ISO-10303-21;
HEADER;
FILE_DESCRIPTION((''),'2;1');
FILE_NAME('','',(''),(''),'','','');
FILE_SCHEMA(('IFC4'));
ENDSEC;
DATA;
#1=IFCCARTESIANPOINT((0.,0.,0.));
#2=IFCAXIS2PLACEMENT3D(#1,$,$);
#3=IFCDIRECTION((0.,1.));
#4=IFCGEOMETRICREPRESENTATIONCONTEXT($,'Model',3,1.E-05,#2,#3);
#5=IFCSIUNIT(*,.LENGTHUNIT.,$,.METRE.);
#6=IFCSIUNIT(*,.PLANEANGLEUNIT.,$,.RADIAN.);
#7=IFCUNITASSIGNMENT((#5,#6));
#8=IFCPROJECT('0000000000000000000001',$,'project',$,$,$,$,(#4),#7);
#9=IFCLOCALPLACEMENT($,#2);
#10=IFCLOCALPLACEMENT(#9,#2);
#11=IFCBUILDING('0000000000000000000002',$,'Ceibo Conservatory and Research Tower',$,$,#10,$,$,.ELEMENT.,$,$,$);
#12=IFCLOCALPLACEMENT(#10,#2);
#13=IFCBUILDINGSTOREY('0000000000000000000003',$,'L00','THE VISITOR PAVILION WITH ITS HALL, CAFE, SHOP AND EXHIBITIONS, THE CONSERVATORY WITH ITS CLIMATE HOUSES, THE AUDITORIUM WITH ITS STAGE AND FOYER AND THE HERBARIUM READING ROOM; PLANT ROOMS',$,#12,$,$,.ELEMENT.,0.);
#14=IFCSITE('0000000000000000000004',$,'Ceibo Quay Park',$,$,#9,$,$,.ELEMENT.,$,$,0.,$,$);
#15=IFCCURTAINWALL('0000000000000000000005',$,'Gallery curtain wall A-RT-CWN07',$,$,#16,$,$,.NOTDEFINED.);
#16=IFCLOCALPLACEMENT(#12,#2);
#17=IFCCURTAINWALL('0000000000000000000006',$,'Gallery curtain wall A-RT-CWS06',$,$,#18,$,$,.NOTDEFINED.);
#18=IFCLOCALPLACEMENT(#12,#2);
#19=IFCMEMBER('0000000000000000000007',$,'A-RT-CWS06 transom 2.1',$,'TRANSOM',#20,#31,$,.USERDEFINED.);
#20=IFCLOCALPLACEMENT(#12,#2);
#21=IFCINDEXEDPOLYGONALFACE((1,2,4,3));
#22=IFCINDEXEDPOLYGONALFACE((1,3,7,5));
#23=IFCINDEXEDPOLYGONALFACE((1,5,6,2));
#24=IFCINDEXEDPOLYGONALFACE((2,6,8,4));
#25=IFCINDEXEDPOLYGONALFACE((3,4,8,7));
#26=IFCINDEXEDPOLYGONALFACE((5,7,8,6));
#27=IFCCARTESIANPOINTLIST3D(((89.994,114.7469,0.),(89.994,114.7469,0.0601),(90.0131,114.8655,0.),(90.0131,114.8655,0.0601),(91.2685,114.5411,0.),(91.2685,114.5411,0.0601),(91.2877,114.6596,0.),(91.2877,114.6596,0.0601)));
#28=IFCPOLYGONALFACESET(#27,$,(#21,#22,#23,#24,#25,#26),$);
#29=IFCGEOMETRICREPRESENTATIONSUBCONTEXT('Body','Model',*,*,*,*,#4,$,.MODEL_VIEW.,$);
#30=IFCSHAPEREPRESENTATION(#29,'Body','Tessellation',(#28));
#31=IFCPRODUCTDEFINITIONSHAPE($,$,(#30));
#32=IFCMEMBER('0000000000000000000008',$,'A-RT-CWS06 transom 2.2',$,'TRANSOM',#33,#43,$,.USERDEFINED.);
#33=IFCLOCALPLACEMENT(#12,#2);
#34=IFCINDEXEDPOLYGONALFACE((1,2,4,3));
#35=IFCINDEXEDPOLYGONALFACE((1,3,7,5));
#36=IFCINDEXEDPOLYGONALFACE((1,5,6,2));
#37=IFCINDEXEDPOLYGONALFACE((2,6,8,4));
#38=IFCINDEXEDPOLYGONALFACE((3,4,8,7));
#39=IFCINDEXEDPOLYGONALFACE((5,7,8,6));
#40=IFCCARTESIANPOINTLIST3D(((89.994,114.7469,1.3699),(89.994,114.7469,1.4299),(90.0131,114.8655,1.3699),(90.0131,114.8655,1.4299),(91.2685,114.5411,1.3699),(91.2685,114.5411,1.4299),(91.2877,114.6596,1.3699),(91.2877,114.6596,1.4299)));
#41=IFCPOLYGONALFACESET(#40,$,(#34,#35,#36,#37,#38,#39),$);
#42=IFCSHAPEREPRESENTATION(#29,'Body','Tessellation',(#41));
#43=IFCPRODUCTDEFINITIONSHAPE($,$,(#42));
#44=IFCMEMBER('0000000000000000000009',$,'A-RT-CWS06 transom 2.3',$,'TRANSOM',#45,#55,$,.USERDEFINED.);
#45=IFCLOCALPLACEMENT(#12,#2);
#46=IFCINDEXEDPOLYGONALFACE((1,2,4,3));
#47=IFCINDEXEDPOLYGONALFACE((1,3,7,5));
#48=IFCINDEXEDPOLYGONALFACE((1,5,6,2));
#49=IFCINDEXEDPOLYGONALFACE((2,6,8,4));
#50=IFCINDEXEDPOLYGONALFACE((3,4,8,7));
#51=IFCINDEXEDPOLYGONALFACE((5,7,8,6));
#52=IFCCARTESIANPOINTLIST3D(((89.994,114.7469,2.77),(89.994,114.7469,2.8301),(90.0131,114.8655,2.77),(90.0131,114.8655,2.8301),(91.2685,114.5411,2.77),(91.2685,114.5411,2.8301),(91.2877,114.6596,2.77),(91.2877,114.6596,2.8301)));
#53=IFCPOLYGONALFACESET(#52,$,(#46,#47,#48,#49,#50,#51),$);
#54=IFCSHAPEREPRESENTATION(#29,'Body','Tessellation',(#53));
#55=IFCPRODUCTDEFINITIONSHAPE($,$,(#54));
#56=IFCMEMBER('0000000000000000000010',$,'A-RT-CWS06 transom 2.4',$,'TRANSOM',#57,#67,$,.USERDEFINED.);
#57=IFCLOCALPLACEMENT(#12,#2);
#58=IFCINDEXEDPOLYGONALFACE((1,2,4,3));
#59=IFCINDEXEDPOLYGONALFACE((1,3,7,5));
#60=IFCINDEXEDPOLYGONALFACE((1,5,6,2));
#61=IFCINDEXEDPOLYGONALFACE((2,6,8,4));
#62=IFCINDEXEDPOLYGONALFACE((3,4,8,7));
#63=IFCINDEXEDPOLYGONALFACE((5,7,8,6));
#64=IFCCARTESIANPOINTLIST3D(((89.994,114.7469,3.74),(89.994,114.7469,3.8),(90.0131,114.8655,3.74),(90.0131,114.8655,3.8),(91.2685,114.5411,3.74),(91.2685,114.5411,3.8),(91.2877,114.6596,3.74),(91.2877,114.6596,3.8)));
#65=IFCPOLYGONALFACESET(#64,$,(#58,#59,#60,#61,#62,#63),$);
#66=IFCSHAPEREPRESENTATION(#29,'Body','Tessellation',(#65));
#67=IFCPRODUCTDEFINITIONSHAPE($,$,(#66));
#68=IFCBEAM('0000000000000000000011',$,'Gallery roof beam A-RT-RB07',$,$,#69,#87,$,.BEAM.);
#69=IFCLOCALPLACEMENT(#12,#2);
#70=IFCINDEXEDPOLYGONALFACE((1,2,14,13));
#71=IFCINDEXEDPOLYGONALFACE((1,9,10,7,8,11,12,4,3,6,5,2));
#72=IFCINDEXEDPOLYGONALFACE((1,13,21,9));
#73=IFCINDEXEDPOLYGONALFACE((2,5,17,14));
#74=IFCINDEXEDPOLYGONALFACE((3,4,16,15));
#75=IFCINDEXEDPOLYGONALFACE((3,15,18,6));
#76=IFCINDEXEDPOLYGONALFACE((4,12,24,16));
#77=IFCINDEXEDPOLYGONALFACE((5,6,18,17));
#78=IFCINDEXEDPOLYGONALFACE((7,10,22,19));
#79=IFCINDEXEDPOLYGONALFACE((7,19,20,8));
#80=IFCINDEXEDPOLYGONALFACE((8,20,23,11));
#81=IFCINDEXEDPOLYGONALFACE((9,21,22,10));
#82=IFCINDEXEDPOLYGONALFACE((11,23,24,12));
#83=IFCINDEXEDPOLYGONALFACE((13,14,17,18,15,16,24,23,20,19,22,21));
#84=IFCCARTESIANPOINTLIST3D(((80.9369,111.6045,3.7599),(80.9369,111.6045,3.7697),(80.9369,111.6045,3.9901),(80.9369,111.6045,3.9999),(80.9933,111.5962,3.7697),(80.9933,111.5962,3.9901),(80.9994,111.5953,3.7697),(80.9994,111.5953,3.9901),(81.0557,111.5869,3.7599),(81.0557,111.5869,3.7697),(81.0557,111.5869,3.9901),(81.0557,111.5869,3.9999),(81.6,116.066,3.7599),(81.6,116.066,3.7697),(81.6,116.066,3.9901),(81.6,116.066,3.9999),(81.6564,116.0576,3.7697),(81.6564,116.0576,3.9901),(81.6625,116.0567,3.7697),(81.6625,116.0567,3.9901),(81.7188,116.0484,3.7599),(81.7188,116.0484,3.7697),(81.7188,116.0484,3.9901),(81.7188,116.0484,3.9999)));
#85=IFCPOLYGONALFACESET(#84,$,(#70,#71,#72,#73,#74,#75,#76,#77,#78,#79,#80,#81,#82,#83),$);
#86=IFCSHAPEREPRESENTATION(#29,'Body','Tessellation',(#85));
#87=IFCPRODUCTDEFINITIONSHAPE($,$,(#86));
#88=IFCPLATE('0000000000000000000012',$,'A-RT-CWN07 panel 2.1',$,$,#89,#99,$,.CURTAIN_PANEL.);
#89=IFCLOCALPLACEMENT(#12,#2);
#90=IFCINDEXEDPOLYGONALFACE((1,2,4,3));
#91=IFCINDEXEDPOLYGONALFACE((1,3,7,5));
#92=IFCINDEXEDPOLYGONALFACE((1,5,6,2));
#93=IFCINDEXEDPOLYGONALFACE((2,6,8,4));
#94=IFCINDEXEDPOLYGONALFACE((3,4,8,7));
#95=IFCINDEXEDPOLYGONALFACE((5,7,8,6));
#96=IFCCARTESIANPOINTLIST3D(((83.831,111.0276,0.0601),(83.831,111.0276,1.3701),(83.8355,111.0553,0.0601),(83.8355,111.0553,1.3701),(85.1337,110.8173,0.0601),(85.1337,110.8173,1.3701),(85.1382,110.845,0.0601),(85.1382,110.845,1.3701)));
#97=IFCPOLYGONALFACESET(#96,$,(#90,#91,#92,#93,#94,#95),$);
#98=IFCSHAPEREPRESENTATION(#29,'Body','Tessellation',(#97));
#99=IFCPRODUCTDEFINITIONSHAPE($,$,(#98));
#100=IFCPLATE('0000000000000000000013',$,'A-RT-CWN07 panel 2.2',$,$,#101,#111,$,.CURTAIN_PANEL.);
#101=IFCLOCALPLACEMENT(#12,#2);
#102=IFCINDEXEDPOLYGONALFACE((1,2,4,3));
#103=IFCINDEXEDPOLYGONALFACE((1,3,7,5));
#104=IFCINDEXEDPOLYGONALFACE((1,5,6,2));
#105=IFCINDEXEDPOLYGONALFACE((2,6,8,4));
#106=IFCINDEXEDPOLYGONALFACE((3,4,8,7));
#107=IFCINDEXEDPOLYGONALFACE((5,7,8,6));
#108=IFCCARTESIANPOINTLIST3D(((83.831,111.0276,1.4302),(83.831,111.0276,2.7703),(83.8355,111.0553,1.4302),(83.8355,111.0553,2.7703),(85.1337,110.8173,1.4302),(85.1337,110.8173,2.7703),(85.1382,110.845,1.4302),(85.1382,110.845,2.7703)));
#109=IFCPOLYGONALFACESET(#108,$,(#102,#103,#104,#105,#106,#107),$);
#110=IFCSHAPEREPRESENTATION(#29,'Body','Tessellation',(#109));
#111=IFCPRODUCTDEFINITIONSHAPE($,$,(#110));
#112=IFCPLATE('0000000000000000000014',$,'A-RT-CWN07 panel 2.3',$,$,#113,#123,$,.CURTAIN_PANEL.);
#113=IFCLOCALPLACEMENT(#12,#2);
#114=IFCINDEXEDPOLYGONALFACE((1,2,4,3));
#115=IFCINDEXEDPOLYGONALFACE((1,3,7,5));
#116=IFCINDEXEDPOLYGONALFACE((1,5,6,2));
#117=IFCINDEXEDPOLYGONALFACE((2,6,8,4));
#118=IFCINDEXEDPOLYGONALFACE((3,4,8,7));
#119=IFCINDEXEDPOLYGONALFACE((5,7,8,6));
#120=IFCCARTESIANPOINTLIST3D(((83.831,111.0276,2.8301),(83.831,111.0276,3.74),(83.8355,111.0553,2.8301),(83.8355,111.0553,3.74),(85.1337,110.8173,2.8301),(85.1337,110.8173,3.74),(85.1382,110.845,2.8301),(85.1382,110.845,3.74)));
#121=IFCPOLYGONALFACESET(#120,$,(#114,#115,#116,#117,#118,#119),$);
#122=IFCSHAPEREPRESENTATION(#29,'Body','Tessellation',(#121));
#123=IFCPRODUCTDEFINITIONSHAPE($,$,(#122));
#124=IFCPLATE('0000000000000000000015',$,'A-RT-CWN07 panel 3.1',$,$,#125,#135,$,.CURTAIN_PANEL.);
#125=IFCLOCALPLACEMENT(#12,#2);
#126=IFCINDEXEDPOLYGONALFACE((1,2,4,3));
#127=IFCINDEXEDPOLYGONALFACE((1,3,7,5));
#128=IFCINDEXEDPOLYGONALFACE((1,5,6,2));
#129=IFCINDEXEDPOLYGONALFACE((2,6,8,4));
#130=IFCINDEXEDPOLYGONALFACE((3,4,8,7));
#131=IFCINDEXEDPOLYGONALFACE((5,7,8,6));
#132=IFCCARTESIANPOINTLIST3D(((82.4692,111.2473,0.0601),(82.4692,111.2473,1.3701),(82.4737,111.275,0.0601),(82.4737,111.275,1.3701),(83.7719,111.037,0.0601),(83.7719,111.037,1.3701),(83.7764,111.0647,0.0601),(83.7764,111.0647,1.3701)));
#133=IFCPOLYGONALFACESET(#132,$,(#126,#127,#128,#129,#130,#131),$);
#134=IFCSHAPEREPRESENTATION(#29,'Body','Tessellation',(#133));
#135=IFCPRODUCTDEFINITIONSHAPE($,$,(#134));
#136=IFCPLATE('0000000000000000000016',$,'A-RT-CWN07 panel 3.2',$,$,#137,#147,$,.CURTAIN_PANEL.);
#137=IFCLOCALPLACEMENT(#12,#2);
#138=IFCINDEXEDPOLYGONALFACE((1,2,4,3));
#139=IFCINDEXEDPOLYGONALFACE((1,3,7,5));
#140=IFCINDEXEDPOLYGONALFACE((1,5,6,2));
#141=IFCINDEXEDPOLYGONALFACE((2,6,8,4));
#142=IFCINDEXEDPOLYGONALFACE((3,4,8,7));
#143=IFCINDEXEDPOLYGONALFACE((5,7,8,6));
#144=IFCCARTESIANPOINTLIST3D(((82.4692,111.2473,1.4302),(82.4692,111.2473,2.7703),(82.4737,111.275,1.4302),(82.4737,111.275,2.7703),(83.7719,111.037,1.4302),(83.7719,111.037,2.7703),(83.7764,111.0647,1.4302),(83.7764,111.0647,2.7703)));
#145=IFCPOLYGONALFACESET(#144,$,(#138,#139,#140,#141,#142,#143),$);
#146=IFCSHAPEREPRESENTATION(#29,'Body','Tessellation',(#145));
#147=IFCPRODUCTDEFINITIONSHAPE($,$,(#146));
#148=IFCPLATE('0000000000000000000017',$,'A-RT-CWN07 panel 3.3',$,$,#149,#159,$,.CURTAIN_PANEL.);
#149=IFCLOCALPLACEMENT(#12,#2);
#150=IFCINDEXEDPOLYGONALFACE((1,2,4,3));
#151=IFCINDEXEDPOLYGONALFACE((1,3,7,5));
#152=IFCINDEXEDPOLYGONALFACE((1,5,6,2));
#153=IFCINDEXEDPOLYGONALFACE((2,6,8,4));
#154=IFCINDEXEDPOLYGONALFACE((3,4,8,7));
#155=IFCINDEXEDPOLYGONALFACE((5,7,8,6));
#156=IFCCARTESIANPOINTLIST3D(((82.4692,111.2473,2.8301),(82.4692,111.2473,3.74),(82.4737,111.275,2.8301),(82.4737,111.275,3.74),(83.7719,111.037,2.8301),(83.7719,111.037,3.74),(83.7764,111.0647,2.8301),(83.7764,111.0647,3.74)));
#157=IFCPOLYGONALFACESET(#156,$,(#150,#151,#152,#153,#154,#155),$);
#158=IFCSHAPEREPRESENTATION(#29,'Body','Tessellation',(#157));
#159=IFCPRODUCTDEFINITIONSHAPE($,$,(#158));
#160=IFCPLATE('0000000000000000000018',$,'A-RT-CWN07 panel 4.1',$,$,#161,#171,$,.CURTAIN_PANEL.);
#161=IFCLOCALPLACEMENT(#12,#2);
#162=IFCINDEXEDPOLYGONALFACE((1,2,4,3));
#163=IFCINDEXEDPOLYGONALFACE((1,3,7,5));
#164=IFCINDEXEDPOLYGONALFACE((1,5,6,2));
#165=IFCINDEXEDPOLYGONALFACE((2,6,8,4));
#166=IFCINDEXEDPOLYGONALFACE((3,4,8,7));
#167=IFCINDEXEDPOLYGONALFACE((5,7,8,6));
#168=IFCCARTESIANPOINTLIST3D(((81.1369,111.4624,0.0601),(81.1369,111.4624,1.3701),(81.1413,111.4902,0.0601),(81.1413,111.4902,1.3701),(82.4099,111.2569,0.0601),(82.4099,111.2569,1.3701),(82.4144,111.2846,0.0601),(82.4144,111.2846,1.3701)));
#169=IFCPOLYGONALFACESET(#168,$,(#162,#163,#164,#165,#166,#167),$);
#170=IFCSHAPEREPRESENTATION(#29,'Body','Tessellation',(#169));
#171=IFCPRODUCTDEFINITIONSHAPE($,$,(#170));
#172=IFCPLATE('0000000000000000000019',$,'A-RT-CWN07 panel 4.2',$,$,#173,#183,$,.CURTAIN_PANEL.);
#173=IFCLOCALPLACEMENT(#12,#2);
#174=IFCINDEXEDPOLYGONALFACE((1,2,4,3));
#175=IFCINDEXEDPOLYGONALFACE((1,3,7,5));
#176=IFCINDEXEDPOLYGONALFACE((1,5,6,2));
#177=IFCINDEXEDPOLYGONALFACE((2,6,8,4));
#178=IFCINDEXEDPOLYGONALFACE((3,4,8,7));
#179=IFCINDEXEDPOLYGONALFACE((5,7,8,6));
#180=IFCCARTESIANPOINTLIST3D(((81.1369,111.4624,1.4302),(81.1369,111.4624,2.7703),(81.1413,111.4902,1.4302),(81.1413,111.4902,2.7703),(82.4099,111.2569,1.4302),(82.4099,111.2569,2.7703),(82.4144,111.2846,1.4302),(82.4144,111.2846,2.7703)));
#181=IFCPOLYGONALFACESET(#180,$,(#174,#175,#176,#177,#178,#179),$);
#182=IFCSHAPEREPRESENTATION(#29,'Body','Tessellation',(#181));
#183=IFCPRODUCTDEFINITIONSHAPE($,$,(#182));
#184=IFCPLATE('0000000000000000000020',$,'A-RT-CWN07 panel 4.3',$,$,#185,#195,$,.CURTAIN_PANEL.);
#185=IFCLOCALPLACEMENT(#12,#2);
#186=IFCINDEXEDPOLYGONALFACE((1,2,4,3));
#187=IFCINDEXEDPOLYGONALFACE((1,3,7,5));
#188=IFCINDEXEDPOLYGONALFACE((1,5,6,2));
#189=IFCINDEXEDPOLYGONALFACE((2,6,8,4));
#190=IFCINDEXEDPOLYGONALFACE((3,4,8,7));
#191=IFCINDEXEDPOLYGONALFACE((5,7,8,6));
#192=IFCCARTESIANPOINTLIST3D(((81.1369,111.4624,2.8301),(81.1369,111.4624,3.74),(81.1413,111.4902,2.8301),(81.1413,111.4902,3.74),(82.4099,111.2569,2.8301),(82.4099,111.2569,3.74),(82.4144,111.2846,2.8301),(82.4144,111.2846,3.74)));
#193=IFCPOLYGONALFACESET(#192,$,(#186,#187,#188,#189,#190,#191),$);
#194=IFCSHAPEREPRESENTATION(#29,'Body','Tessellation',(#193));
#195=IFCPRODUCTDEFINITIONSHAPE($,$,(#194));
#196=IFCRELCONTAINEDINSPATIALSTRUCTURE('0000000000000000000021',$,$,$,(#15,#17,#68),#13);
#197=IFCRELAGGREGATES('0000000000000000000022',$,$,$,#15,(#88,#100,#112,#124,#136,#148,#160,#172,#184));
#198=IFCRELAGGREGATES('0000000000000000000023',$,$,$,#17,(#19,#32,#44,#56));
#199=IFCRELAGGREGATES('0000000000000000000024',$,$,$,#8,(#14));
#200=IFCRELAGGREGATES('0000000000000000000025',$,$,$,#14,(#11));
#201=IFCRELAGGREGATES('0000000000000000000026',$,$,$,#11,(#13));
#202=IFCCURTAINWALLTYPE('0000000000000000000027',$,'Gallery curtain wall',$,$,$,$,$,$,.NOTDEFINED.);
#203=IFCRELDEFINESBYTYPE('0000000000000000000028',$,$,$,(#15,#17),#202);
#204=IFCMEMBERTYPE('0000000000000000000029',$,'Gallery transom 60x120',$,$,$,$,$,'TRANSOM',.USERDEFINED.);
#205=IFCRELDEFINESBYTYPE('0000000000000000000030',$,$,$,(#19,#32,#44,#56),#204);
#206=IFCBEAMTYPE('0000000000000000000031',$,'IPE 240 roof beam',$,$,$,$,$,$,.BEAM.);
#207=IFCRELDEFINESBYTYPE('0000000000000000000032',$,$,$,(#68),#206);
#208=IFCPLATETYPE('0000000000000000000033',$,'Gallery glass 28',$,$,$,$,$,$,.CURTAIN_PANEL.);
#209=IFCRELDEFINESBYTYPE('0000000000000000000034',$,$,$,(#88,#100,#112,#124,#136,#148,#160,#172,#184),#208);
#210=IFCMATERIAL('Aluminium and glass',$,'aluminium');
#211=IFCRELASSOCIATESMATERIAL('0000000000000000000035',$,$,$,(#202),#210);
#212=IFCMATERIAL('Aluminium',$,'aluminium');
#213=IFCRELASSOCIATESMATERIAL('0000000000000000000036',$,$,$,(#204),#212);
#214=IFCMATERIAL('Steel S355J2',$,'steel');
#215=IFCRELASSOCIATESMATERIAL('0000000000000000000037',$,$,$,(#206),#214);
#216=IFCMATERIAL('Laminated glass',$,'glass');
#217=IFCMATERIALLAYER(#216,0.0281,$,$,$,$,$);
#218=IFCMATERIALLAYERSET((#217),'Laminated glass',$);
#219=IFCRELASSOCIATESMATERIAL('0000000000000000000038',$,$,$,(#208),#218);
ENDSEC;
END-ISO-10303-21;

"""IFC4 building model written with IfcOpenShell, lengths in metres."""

from ifc_helpers import new_model, si_unit, direction, frame, origin, origin_2d, place, context, subcontext, project, spatial, rectangle, i_section, extrude, material, layer, layer_set, material_profile, profile_set, type_object, element, aggregate, save


model = new_model("IFC4")

# Units and contexts
model_context = context("Model", 3, precision=1e-05, world=origin(), true_north=direction((0.0, 1.0)))
body_context = subcontext(model_context, "Body", "Model", "MODEL_VIEW")
ifc_project = project(units=[si_unit("LENGTHUNIT", "METRE"), si_unit("PLANEANGLEUNIT", "RADIAN")], contexts=[model_context])

# Site, building, storey
site_placement = place(None, origin())
site = spatial("IfcSite", under=ifc_project, at=site_placement, Name="Ceibo Quay Park", CompositionType="ELEMENT", RefElevation=0.0)
building_placement = place(site_placement, origin())
building = spatial("IfcBuilding", under=site, at=building_placement, Name="Ceibo Conservatory and Research Tower", CompositionType="ELEMENT")
storey_placement = place(building_placement, origin())
storey = spatial("IfcBuildingStorey", under=building, at=storey_placement, Name="L00", Description="THE VISITOR PAVILION WITH ITS HALL, CAFE, SHOP AND EXHIBITIONS, THE CONSERVATORY WITH ITS CLIMATE HOUSES, THE AUDITORIUM WITH ITS STAGE AND FOYER AND THE HERBARIUM READING ROOM; PLANT ROOMS", CompositionType="ELEMENT", Elevation=0.0)

# Curtain wall
ifc_material_1 = material(Name="Aluminium and glass", Category="aluminium")
curtain_wall_type = type_object("IfcCurtainWallType", Name="Gallery curtain wall", PredefinedType="NOTDEFINED", material=ifc_material_1)
curtain_wall_1_placement = place(storey_placement, origin())
curtain_wall_1 = element("IfcCurtainWall", 1, at=curtain_wall_1_placement, inside=storey, type_object=curtain_wall_type, Name="Gallery curtain wall A-RT-CWN07", PredefinedType="NOTDEFINED")
ifc_material_2 = material(Name="Aluminium", Category="aluminium")

# Curtain wall
curtain_wall_2_placement = place(storey_placement, origin())
curtain_wall_2 = element("IfcCurtainWall", 2, at=curtain_wall_2_placement, inside=storey, type_object=curtain_wall_type, Name="Gallery curtain wall A-RT-CWS06", PredefinedType="NOTDEFINED")

# Members
ifc_material_profile_1 = material_profile(ifc_material_2, rectangle(XDim=0.1201, YDim=0.0601, at=origin_2d()), Name="AL 60x120")
ifc_profile_set_1 = profile_set([ifc_material_profile_1], Name="Aluminium")
member_type_1 = type_object("IfcMemberType", Name="Gallery transom 60x120", ElementType="TRANSOM", PredefinedType="USERDEFINED", material=ifc_profile_set_1)
member_1_placement = place(storey_placement, frame((91.2781, 114.6003, 0.03), z_axis=(-0.987209, 0.159429, 0.0), x_axis=(-0.159429, -0.987209, 0.0)))
member_1 = element("IfcMember", 3, at=member_1_placement, type_object=member_type_1, Name="A-RT-CWS06 transom 2.1", ObjectType="TRANSOM", PredefinedType="USERDEFINED", context=body_context, shape_type="SweptSolid", body=[
    extrude(rectangle(XDim=0.1201, YDim=0.0601, at=origin_2d()), origin(), (0.0, 0.0, 1.0), 1.291),
])
member_2_placement = place(storey_placement, frame((91.2781, 114.6003, 1.3999), z_axis=(-0.987209, 0.159429, 0.0), x_axis=(-0.159429, -0.987209, 0.0)))
member_2 = element("IfcMember", 4, at=member_2_placement, type_object=member_type_1, Name="A-RT-CWS06 transom 2.2", ObjectType="TRANSOM", PredefinedType="USERDEFINED", context=body_context, shape_type="SweptSolid", body=[
    extrude(rectangle(XDim=0.1201, YDim=0.0601, at=origin_2d()), origin(), (0.0, 0.0, 1.0), 1.291),
])
member_3_placement = place(storey_placement, frame((91.2781, 114.6003, 2.8), z_axis=(-0.987209, 0.159429, 0.0), x_axis=(-0.159429, -0.987209, 0.0)))
member_3 = element("IfcMember", 5, at=member_3_placement, type_object=member_type_1, Name="A-RT-CWS06 transom 2.3", ObjectType="TRANSOM", PredefinedType="USERDEFINED", context=body_context, shape_type="SweptSolid", body=[
    extrude(rectangle(XDim=0.1201, YDim=0.0601, at=origin_2d()), origin(), (0.0, 0.0, 1.0), 1.291),
])
member_4_placement = place(storey_placement, frame((91.2781, 114.6003, 3.77), z_axis=(-0.987209, 0.159429, 0.0), x_axis=(-0.159429, -0.987209, 0.0)))
member_4 = element("IfcMember", 6, at=member_4_placement, type_object=member_type_1, Name="A-RT-CWS06 transom 2.4", ObjectType="TRANSOM", PredefinedType="USERDEFINED", context=body_context, shape_type="SweptSolid", body=[
    extrude(rectangle(XDim=0.1201, YDim=0.0601, at=origin_2d()), origin(), (0.0, 0.0, 1.0), 1.291),
])

# Beam
ifc_material_3 = material(Name="Steel S355J2", Category="steel")
ifc_material_profile_2 = material_profile(ifc_material_3, i_section(OverallWidth=0.1201, OverallDepth=0.24, WebThickness=0.0061, FlangeThickness=0.0098, at=origin_2d()), Name="IPE 240")
ifc_profile_set_2 = profile_set([ifc_material_profile_2], Name="Steel S355J2")
beam_type = type_object("IfcBeamType", Name="IPE 240 roof beam", PredefinedType="BEAM", material=ifc_profile_set_2)
beam_placement = place(storey_placement, frame((80.9963, 111.5957, 3.8799), z_axis=(0.147012, 0.989135, 0.0), x_axis=(-0.989135, 0.147012, 0.0)))
element("IfcBeam", 7, at=beam_placement, inside=storey, type_object=beam_type, Name="Gallery roof beam A-RT-RB07", PredefinedType="BEAM", context=body_context, shape_type="SweptSolid", body=[
    extrude(i_section(OverallWidth=0.1201, OverallDepth=0.24, WebThickness=0.0061, FlangeThickness=0.0098, at=origin_2d()), origin(), (0.0, 0.0, 1.0), 4.5105),
])

# Plates
ifc_material_4 = material(Name="Laminated glass", Category="glass")
ifc_layer = layer(ifc_material_4, 0.0281)
ifc_layer_set = layer_set([ifc_layer], Name="Laminated glass")
plate_type = type_object("IfcPlateType", Name="Gallery glass 28", PredefinedType="CURTAIN_PANEL", material=ifc_layer_set)
plate_1_placement = place(storey_placement, frame((84.4846, 110.9363, 0.0601), z_axis=(0.0, 0.0, 1.0), x_axis=(-0.987216, 0.159391, 0.0)))
plate_1 = element("IfcPlate", 8, at=plate_1_placement, type_object=plate_type, Name="A-RT-CWN07 panel 2.1", PredefinedType="CURTAIN_PANEL", context=body_context, shape_type="SweptSolid", body=[
    extrude(rectangle(XDim=1.3196, YDim=0.0281, at=origin_2d()), origin(), (0.0, 0.0, 1.0), 1.3101),
])
plate_2_placement = place(storey_placement, frame((84.4846, 110.9363, 1.4302), z_axis=(0.0, 0.0, 1.0), x_axis=(-0.987216, 0.159391, 0.0)))
plate_2 = element("IfcPlate", 9, at=plate_2_placement, type_object=plate_type, Name="A-RT-CWN07 panel 2.2", PredefinedType="CURTAIN_PANEL", context=body_context, shape_type="SweptSolid", body=[
    extrude(rectangle(XDim=1.3196, YDim=0.0281, at=origin_2d()), origin(), (0.0, 0.0, 1.0), 1.3401),
])
plate_3_placement = place(storey_placement, frame((84.4846, 110.9363, 2.8301), z_axis=(0.0, 0.0, 1.0), x_axis=(-0.987216, 0.159391, 0.0)))
plate_3 = element("IfcPlate", 10, at=plate_3_placement, type_object=plate_type, Name="A-RT-CWN07 panel 2.3", PredefinedType="CURTAIN_PANEL", context=body_context, shape_type="SweptSolid", body=[
    extrude(rectangle(XDim=1.3196, YDim=0.0281, at=origin_2d()), origin(), (0.0, 0.0, 1.0), 0.9099),
])
plate_4_placement = place(storey_placement, frame((83.1228, 111.156, 0.0601), z_axis=(0.0, 0.0, 1.0), x_axis=(-0.987216, 0.159391, 0.0)))
plate_4 = element("IfcPlate", 11, at=plate_4_placement, type_object=plate_type, Name="A-RT-CWN07 panel 3.1", PredefinedType="CURTAIN_PANEL", context=body_context, shape_type="SweptSolid", body=[
    extrude(rectangle(XDim=1.3196, YDim=0.0281, at=origin_2d()), origin(), (0.0, 0.0, 1.0), 1.3101),
])
plate_5_placement = place(storey_placement, frame((83.1228, 111.156, 1.4302), z_axis=(0.0, 0.0, 1.0), x_axis=(-0.987216, 0.159391, 0.0)))
plate_5 = element("IfcPlate", 12, at=plate_5_placement, type_object=plate_type, Name="A-RT-CWN07 panel 3.2", PredefinedType="CURTAIN_PANEL", context=body_context, shape_type="SweptSolid", body=[
    extrude(rectangle(XDim=1.3196, YDim=0.0281, at=origin_2d()), origin(), (0.0, 0.0, 1.0), 1.3401),
])
plate_6_placement = place(storey_placement, frame((83.1228, 111.156, 2.8301), z_axis=(0.0, 0.0, 1.0), x_axis=(-0.987216, 0.159391, 0.0)))
plate_6 = element("IfcPlate", 13, at=plate_6_placement, type_object=plate_type, Name="A-RT-CWN07 panel 3.3", PredefinedType="CURTAIN_PANEL", context=body_context, shape_type="SweptSolid", body=[
    extrude(rectangle(XDim=1.3196, YDim=0.0281, at=origin_2d()), origin(), (0.0, 0.0, 1.0), 0.9099),
])
plate_7_placement = place(storey_placement, frame((81.7756, 111.3735, 0.0601), z_axis=(0.0, 0.0, 1.0), x_axis=(-0.987216, 0.159391, 0.0)))
plate_7 = element("IfcPlate", 14, at=plate_7_placement, type_object=plate_type, Name="A-RT-CWN07 panel 4.1", PredefinedType="CURTAIN_PANEL", context=body_context, shape_type="SweptSolid", body=[
    extrude(rectangle(XDim=1.2896, YDim=0.0281, at=origin_2d()), origin(), (0.0, 0.0, 1.0), 1.3101),
])
plate_8_placement = place(storey_placement, frame((81.7756, 111.3735, 1.4302), z_axis=(0.0, 0.0, 1.0), x_axis=(-0.987216, 0.159391, 0.0)))
plate_8 = element("IfcPlate", 15, at=plate_8_placement, type_object=plate_type, Name="A-RT-CWN07 panel 4.2", PredefinedType="CURTAIN_PANEL", context=body_context, shape_type="SweptSolid", body=[
    extrude(rectangle(XDim=1.2896, YDim=0.0281, at=origin_2d()), origin(), (0.0, 0.0, 1.0), 1.3401),
])
plate_9_placement = place(storey_placement, frame((81.7756, 111.3735, 2.8301), z_axis=(0.0, 0.0, 1.0), x_axis=(-0.987216, 0.159391, 0.0)))
plate_9 = element("IfcPlate", 16, at=plate_9_placement, type_object=plate_type, Name="A-RT-CWN07 panel 4.3", PredefinedType="CURTAIN_PANEL", context=body_context, shape_type="SweptSolid", body=[
    extrude(rectangle(XDim=1.2896, YDim=0.0281, at=origin_2d()), origin(), (0.0, 0.0, 1.0), 0.9099),
])
aggregate(curtain_wall_1, [plate_1, plate_2, plate_3, plate_4, plate_5, plate_6, plate_7, plate_8, plate_9])
aggregate(curtain_wall_2, [member_1, member_2, member_3, member_4])

save(model, "model.ifc")
